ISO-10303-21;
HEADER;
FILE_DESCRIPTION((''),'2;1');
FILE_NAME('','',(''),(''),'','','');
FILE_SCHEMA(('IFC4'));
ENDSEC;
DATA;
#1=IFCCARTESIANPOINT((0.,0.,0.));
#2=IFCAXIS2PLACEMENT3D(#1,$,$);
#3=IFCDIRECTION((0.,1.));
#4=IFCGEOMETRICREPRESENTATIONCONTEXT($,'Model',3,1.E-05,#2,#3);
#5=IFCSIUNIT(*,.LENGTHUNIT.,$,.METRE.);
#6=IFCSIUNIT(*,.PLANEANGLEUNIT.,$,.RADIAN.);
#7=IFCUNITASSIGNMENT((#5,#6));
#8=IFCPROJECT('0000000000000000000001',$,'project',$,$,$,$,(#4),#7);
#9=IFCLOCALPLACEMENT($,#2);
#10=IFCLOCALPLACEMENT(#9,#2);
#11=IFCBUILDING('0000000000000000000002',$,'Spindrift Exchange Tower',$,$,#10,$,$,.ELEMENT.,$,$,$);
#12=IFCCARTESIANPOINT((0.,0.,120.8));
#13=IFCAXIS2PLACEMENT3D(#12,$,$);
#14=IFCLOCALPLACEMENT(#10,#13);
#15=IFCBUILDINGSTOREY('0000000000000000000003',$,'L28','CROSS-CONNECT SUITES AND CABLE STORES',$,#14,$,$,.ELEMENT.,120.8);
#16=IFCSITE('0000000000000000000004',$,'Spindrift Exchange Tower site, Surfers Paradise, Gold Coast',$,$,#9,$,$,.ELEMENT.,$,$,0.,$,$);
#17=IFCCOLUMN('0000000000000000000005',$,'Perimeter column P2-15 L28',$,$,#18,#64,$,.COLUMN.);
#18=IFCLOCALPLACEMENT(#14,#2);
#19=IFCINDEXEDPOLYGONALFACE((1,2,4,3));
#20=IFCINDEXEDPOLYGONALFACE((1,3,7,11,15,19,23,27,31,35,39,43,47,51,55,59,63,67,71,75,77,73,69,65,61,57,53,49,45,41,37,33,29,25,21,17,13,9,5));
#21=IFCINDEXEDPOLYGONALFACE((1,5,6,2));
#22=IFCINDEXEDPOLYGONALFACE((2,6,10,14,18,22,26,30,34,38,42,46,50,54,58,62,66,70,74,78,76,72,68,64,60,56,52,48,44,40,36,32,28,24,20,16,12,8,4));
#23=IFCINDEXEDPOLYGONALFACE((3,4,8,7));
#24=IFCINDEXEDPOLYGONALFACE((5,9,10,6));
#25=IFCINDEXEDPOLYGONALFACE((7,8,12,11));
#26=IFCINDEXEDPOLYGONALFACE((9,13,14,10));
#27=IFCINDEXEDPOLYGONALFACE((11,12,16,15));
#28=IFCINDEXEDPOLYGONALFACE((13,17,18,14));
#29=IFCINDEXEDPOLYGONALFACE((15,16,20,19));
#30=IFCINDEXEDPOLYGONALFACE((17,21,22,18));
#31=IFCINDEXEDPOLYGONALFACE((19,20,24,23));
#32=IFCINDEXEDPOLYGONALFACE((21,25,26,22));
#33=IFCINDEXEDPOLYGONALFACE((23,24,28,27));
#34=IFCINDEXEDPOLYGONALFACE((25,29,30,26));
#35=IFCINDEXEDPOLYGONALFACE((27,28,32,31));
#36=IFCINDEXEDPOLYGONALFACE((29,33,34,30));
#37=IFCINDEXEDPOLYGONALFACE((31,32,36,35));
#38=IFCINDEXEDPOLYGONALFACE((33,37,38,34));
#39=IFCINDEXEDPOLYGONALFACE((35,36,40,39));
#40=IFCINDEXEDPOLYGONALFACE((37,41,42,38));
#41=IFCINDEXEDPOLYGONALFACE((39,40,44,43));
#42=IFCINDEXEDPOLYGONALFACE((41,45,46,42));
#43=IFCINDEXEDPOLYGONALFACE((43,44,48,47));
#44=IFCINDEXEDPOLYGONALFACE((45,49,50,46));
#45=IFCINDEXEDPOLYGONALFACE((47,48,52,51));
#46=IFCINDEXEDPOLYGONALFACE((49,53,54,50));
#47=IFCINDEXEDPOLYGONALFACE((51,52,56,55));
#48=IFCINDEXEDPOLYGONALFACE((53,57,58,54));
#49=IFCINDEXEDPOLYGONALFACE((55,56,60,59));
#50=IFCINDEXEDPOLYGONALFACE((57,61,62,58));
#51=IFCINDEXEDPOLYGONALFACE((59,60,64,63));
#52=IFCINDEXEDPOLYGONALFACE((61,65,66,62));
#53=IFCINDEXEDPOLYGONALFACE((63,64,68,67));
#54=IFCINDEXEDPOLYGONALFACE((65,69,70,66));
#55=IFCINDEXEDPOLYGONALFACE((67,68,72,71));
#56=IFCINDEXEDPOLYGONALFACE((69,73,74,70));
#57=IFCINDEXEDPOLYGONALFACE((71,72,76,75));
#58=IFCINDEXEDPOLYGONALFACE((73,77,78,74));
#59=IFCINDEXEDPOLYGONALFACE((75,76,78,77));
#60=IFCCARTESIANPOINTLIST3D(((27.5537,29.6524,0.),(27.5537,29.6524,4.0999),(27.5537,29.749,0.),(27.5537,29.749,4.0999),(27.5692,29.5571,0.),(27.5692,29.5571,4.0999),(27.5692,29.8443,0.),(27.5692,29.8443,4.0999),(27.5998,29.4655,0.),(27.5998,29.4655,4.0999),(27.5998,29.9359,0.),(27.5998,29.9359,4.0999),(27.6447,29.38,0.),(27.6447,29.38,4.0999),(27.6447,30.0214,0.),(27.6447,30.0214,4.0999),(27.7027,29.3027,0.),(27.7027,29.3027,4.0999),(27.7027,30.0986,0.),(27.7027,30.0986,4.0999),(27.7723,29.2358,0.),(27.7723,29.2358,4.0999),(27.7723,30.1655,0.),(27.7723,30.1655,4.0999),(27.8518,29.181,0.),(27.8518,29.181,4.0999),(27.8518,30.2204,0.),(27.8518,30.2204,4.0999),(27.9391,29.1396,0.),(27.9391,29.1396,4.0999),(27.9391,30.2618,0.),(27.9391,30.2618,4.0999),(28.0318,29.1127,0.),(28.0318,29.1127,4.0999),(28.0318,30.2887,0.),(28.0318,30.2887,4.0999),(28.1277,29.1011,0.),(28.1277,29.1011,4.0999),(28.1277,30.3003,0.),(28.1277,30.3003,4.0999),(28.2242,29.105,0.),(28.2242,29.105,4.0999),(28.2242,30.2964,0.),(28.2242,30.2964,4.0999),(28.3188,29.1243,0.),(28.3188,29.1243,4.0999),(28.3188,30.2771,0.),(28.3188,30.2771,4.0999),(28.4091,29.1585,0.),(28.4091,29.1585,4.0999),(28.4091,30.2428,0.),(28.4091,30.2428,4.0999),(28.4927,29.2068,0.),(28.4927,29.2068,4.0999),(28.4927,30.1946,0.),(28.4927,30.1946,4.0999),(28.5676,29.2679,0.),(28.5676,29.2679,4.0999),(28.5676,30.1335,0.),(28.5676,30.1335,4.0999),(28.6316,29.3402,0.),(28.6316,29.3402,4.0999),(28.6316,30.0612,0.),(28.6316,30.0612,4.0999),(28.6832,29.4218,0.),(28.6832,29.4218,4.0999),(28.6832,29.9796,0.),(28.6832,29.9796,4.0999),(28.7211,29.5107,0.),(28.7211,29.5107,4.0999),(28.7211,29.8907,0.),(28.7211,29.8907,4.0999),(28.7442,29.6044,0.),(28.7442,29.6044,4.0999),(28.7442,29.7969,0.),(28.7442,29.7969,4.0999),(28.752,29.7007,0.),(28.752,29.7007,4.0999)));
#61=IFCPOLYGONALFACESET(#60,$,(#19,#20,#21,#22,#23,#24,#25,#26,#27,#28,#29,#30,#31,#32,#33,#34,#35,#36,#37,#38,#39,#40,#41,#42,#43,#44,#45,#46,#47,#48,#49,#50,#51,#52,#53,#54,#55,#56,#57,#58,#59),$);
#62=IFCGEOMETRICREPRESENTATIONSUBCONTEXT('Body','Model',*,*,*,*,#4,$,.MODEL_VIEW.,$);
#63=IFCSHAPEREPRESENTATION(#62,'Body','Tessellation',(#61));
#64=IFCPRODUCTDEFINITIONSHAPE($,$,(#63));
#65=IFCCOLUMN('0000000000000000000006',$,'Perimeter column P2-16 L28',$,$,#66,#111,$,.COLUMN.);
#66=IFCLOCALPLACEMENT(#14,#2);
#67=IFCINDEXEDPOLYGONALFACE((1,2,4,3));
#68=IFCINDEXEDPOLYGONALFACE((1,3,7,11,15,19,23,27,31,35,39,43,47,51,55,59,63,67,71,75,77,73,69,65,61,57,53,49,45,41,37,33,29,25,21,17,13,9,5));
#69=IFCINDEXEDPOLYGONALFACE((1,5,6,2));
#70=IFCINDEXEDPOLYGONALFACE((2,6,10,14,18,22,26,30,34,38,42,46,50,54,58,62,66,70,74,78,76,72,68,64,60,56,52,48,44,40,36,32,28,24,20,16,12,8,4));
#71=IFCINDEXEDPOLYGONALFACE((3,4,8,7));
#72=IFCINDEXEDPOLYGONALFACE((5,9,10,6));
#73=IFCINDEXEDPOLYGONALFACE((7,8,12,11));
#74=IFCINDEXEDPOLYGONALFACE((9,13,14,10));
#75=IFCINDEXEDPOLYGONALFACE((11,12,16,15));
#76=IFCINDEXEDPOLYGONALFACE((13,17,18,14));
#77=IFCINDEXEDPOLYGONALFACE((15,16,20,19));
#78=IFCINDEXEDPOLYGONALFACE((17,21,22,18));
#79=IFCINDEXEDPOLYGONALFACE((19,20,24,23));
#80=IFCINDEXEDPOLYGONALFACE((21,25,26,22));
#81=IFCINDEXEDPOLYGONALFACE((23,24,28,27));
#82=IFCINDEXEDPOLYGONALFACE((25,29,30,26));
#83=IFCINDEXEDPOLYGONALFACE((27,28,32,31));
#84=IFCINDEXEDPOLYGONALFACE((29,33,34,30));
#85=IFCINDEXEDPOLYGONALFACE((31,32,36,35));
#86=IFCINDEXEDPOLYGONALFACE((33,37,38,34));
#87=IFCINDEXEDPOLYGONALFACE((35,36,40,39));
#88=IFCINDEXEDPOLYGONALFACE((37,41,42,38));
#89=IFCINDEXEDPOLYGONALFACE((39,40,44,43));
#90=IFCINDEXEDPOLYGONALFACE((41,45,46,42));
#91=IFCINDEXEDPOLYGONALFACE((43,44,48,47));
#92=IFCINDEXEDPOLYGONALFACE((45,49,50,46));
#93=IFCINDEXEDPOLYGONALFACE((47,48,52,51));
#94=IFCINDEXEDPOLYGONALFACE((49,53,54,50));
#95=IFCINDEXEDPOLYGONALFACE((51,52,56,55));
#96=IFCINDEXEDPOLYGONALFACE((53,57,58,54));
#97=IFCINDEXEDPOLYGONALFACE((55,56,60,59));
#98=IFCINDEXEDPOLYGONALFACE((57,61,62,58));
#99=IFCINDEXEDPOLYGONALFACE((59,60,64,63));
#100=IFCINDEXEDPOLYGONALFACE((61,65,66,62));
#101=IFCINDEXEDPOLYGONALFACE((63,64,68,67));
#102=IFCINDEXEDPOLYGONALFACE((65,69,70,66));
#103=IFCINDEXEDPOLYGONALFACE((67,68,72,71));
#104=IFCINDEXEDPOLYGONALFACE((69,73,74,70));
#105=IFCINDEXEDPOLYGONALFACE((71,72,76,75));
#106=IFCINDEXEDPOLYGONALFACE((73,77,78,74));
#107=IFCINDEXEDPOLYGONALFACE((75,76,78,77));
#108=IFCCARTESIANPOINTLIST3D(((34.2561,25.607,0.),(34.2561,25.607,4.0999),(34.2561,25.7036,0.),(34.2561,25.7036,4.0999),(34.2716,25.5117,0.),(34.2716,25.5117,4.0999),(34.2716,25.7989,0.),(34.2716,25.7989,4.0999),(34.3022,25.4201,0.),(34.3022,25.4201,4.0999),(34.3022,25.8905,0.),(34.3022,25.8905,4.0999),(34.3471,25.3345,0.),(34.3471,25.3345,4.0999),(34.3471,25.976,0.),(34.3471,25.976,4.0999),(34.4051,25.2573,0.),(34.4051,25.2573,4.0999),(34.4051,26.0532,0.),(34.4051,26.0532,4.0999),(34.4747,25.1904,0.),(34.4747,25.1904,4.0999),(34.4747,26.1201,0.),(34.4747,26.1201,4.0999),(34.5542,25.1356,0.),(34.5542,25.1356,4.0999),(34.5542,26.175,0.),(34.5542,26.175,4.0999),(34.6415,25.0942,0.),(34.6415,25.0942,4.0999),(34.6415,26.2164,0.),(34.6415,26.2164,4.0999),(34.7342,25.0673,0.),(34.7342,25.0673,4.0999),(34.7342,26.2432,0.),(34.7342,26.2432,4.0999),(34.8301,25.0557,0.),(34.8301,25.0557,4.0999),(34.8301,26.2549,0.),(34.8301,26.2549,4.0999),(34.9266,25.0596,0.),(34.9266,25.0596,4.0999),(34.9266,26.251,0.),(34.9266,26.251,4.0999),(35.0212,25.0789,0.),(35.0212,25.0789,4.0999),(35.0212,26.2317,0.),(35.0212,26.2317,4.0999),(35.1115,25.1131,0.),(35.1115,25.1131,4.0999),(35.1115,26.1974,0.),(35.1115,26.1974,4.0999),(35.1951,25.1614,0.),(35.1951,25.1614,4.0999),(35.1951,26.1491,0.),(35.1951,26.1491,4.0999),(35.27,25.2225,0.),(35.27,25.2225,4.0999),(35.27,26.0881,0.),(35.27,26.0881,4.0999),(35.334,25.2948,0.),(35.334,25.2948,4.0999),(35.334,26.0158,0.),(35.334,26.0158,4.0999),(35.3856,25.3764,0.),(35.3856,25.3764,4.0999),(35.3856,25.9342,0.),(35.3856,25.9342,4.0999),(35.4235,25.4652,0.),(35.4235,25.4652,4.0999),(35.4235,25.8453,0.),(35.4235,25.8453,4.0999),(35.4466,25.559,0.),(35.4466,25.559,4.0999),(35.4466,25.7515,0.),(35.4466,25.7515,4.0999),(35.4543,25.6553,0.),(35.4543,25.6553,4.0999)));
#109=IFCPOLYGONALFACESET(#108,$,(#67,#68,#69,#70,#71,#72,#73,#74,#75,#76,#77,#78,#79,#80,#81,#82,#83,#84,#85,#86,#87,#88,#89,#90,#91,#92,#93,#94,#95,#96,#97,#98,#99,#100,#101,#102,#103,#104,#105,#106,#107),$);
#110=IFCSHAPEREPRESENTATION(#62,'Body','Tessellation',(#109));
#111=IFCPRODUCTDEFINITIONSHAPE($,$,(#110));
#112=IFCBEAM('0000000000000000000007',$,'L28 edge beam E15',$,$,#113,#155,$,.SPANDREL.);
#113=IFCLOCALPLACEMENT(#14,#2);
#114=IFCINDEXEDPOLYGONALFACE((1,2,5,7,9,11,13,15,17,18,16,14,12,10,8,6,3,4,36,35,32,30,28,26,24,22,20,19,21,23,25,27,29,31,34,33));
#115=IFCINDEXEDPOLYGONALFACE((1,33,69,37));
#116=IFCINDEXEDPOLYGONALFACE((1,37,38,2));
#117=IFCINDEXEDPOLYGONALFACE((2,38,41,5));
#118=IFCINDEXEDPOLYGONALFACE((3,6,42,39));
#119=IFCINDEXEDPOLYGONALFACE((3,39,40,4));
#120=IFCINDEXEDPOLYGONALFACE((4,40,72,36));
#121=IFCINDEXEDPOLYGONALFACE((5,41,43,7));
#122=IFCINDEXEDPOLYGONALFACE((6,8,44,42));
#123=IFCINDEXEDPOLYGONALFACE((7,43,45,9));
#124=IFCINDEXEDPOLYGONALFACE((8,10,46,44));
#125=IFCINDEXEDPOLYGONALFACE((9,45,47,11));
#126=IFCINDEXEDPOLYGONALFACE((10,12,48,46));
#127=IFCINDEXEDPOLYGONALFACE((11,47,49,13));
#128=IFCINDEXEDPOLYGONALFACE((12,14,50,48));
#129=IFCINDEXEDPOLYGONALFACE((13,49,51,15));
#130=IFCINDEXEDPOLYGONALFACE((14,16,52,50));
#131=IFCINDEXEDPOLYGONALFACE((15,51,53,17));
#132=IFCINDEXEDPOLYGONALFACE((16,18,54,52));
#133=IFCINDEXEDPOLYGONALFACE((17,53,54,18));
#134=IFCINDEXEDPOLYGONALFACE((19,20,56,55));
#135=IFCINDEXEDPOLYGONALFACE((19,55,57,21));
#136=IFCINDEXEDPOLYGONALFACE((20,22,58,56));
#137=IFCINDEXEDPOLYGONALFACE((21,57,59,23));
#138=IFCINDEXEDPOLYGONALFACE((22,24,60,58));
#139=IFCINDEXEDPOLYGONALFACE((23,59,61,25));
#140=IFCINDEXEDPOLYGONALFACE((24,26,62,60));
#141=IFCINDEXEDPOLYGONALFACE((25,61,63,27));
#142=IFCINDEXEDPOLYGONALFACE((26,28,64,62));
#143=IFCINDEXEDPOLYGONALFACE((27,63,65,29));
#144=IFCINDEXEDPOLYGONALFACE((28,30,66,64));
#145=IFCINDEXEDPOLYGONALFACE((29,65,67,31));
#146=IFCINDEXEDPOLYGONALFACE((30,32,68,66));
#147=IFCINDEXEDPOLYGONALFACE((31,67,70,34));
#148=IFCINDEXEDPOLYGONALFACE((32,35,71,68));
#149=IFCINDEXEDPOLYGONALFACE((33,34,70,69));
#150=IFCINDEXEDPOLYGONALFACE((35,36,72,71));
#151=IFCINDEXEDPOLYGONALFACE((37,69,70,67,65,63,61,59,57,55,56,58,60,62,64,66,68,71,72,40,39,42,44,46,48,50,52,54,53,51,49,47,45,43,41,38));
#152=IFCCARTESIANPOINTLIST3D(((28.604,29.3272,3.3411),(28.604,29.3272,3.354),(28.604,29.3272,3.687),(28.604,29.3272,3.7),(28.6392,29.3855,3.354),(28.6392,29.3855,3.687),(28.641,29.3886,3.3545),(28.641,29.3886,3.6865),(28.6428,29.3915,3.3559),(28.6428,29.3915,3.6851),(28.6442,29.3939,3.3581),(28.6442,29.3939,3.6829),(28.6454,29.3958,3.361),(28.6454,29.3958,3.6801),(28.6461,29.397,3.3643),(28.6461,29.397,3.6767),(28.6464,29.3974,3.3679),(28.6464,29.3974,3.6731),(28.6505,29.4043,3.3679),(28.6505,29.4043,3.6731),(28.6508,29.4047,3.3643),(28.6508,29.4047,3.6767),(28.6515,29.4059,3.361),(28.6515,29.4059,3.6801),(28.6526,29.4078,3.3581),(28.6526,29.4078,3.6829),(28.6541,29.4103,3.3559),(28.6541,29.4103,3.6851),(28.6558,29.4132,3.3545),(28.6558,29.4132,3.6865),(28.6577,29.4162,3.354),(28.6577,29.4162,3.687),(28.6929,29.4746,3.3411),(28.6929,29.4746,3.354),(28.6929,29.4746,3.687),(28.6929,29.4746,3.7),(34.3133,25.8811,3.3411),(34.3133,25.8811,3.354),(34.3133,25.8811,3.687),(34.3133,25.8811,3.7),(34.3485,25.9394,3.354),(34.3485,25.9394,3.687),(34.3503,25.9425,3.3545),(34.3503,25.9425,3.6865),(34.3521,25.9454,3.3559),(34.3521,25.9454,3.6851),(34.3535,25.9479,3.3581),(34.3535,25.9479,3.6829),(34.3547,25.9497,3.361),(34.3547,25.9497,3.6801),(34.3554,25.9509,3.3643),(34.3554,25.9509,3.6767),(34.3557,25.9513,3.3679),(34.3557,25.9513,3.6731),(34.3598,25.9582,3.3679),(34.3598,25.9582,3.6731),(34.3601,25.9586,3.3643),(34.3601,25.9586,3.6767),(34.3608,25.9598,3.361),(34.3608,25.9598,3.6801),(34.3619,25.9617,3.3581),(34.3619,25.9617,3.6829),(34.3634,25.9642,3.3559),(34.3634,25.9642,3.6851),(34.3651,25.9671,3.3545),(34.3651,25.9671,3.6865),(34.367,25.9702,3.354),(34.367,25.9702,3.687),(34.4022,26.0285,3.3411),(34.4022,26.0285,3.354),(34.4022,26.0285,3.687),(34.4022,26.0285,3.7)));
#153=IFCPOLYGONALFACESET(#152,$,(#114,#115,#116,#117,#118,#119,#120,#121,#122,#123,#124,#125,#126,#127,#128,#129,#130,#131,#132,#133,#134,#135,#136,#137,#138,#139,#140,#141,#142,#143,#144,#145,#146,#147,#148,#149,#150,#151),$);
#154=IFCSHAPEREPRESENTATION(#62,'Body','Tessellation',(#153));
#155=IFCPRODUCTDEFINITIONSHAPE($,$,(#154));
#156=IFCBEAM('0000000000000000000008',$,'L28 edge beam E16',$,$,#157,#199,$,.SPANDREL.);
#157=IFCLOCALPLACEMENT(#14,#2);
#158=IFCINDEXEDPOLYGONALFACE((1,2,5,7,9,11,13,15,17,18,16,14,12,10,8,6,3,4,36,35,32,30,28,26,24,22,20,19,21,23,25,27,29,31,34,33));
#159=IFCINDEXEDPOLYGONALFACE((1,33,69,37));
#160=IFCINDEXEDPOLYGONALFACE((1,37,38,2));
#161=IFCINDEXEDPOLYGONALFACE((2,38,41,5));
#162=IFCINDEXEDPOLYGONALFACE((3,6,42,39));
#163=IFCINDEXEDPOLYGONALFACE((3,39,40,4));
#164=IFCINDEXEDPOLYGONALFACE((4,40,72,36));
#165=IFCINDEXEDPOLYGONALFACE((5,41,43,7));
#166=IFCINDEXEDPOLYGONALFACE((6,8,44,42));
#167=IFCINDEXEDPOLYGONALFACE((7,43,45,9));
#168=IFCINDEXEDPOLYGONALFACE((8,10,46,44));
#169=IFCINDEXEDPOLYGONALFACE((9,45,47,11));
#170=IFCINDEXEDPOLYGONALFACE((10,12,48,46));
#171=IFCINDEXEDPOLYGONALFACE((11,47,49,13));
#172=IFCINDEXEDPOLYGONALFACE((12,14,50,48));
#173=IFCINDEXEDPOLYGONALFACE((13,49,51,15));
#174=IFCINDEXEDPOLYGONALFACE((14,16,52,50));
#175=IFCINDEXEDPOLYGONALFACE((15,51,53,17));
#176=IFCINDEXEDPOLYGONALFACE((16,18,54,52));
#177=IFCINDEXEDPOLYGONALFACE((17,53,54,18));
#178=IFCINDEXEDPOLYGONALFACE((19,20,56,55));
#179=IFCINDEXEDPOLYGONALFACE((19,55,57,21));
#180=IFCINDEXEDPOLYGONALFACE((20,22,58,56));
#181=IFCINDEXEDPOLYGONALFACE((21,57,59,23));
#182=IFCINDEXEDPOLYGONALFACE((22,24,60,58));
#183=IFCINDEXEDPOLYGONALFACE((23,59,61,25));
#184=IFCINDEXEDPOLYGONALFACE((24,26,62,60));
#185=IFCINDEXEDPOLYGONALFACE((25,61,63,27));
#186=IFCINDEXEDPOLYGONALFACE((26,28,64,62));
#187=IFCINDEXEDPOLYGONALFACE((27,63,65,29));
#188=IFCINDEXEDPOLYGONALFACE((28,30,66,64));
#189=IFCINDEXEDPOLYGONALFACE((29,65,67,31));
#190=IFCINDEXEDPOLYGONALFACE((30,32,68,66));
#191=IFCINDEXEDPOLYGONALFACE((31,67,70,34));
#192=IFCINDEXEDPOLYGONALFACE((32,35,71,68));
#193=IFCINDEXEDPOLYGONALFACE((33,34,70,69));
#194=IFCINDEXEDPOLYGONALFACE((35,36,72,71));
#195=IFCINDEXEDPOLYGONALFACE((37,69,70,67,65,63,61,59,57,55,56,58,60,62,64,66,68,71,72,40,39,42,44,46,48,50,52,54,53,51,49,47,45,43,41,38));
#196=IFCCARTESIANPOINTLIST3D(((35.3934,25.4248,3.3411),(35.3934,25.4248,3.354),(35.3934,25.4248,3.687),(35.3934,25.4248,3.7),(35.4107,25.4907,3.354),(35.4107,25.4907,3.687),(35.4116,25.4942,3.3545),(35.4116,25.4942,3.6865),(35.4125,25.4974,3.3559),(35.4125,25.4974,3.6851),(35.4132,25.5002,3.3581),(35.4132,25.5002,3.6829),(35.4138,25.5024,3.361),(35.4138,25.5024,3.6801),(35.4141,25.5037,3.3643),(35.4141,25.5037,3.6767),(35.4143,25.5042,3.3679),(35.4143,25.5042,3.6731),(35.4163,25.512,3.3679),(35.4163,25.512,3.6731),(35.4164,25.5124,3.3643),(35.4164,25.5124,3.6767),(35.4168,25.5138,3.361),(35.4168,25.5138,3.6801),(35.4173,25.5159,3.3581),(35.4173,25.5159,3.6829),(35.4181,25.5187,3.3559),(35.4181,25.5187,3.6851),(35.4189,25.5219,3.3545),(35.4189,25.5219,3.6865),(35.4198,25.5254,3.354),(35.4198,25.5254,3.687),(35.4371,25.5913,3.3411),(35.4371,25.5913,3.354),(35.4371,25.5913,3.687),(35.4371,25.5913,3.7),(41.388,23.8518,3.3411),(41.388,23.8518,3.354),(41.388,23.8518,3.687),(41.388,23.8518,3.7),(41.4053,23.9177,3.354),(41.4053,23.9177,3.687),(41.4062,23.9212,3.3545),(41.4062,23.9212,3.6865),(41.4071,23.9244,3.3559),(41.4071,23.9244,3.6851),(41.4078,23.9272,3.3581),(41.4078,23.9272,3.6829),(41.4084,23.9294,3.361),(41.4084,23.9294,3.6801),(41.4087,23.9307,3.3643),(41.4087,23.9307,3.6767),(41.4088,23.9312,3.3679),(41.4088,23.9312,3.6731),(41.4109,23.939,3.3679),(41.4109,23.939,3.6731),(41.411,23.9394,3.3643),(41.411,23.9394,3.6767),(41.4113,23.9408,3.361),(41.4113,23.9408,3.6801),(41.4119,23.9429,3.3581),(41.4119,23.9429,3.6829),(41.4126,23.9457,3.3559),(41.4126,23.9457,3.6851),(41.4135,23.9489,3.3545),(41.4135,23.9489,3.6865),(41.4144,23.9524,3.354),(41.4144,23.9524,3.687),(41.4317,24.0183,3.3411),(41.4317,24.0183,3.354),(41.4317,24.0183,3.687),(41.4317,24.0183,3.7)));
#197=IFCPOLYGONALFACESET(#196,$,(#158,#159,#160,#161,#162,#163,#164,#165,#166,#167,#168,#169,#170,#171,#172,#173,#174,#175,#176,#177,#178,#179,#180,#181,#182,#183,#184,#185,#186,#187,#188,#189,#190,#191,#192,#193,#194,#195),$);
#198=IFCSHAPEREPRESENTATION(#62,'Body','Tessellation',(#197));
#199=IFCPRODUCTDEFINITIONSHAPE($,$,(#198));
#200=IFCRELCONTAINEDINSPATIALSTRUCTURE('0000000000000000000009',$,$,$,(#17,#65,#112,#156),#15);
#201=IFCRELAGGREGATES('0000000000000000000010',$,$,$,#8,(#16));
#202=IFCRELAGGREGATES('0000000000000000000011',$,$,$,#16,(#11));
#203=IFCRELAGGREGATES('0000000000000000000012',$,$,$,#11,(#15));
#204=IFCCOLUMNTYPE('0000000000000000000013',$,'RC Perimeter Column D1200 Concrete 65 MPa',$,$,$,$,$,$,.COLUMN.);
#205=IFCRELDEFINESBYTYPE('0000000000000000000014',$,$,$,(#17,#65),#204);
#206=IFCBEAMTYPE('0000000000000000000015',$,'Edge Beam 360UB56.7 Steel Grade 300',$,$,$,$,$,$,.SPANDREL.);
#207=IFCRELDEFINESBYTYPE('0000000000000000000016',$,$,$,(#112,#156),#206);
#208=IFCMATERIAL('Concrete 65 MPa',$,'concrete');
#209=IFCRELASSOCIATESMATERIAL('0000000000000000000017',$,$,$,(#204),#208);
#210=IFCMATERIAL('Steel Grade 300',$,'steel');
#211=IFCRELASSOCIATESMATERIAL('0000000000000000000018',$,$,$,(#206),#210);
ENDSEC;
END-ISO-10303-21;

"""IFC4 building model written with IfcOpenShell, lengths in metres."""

from ifc_helpers import new_model, si_unit, direction, frame, origin, origin_2d, place, context, subcontext, project, spatial, circle, i_section, extrude, source, transform, mapped, material, material_profile, profile_set, type_object, element, save


model = new_model("IFC4")

# Units and contexts
model_context = context("Model", 3, precision=1e-05, world=origin(), true_north=direction((0.0, 1.0)))
body_context = subcontext(model_context, "Body", "Model", "MODEL_VIEW")
ifc_project = project(units=[si_unit("LENGTHUNIT", "METRE"), si_unit("PLANEANGLEUNIT", "RADIAN")], contexts=[model_context])

# Site, building, storey
site_placement = place(None, origin())
site = spatial("IfcSite", under=ifc_project, at=site_placement, Name="Spindrift Exchange Tower site, Surfers Paradise, Gold Coast", CompositionType="ELEMENT", RefElevation=0.0)
building_placement = place(site_placement, origin())
building = spatial("IfcBuilding", under=site, at=building_placement, Name="Spindrift Exchange Tower", CompositionType="ELEMENT")
storey_placement = place(building_placement, frame((0.0, 0.0, 120.8)))
storey = spatial("IfcBuildingStorey", under=building, at=storey_placement, Name="L28", Description="CROSS-CONNECT SUITES AND CABLE STORES", CompositionType="ELEMENT", Elevation=120.8)

# Columns
ifc_material_1 = material(Name="Concrete 65 MPa", Category="concrete")
ifc_material_profile_1 = material_profile(ifc_material_1, circle(Radius=0.6001, at=origin_2d()), Name="RC D1200")
ifc_profile_set_1 = profile_set([ifc_material_profile_1], Name="Concrete 65 MPa")
column_type = type_object("IfcColumnType", Name="RC Perimeter Column D1200 Concrete 65 MPa", PredefinedType="COLUMN", material=ifc_profile_set_1)
shared_shape_1 = source(origin(), body_context, "Body", "SweptSolid", [
    extrude(circle(Radius=0.6001, at=origin_2d()), origin(), (0.0, 0.0, 1.0), 4.0999),
])
for number, where, z_axis, x_axis, name in (
    (1, (28.1519, 29.7007, 0.0), (0.0, 0.0, 1.0), (1.0, 0.0, 0.0), "Perimeter column P2-15 L28"),
    (2, (34.8542, 25.6553, 0.0), (0.0, 0.0, 1.0), (1.0, 0.0, 0.0), "Perimeter column P2-16 L28"),
):
    element("IfcColumn", number, at=place(storey_placement, frame(where, z_axis=z_axis, x_axis=x_axis)), inside=storey, type_object=column_type, Name=name, PredefinedType="COLUMN", context=body_context, shape_type="MappedRepresentation", body=[
        mapped(shared_shape_1, transform((0.0, 0.0, 0.0), scale=1.0)),
    ])

# Beams
ifc_material_2 = material(Name="Steel Grade 300", Category="steel")
ifc_material_profile_2 = material_profile(ifc_material_2, i_section(OverallWidth=0.1721, OverallDepth=0.3589, WebThickness=0.0081, FlangeThickness=0.0129, FilletRadius=0.0139, at=origin_2d()), Name="360UB56.7")
ifc_profile_set_2 = profile_set([ifc_material_profile_2], Name="Steel Grade 300")
beam_type_1 = type_object("IfcBeamType", Name="Edge Beam 360UB56.7 Steel Grade 300", PredefinedType="SPANDREL", material=ifc_profile_set_2)
shared_shape_2 = source(origin(), body_context, "Body", "SweptSolid", [
    extrude(i_section(OverallWidth=0.1721, OverallDepth=0.3589, WebThickness=0.0081, FlangeThickness=0.0129, FilletRadius=0.0139, at=origin_2d()), origin(), (0.0, 0.0, 1.0), 6.6687),
])
beam_1_placement = place(storey_placement, frame((28.6484, 29.4009, 3.5205), z_axis=(0.856133, -0.516755, 0.0), x_axis=(0.516755, 0.856133, 0.0)))
element("IfcBeam", 3, at=beam_1_placement, inside=storey, type_object=beam_type_1, Name="L28 edge beam E15", PredefinedType="SPANDREL", context=body_context, shape_type="MappedRepresentation", body=[
    mapped(shared_shape_2, transform((0.0, 0.0, 0.0), scale=1.0)),
])
shared_shape_3 = source(origin(), body_context, "Body", "SweptSolid", [
    extrude(i_section(OverallWidth=0.1721, OverallDepth=0.3589, WebThickness=0.0081, FlangeThickness=0.0129, FilletRadius=0.0139, at=origin_2d()), origin(), (0.0, 0.0, 1.0), 6.1975),
])
beam_2_placement = place(storey_placement, frame((35.4153, 25.5081, 3.5205), z_axis=(0.967254, -0.253809, 0.0), x_axis=(0.253809, 0.967254, 0.0)))
element("IfcBeam", 4, at=beam_2_placement, inside=storey, type_object=beam_type_1, Name="L28 edge beam E16", PredefinedType="SPANDREL", context=body_context, shape_type="MappedRepresentation", body=[
    mapped(shared_shape_3, transform((0.0, 0.0, 0.0), scale=1.0)),
])

save(model, "model.ifc")
